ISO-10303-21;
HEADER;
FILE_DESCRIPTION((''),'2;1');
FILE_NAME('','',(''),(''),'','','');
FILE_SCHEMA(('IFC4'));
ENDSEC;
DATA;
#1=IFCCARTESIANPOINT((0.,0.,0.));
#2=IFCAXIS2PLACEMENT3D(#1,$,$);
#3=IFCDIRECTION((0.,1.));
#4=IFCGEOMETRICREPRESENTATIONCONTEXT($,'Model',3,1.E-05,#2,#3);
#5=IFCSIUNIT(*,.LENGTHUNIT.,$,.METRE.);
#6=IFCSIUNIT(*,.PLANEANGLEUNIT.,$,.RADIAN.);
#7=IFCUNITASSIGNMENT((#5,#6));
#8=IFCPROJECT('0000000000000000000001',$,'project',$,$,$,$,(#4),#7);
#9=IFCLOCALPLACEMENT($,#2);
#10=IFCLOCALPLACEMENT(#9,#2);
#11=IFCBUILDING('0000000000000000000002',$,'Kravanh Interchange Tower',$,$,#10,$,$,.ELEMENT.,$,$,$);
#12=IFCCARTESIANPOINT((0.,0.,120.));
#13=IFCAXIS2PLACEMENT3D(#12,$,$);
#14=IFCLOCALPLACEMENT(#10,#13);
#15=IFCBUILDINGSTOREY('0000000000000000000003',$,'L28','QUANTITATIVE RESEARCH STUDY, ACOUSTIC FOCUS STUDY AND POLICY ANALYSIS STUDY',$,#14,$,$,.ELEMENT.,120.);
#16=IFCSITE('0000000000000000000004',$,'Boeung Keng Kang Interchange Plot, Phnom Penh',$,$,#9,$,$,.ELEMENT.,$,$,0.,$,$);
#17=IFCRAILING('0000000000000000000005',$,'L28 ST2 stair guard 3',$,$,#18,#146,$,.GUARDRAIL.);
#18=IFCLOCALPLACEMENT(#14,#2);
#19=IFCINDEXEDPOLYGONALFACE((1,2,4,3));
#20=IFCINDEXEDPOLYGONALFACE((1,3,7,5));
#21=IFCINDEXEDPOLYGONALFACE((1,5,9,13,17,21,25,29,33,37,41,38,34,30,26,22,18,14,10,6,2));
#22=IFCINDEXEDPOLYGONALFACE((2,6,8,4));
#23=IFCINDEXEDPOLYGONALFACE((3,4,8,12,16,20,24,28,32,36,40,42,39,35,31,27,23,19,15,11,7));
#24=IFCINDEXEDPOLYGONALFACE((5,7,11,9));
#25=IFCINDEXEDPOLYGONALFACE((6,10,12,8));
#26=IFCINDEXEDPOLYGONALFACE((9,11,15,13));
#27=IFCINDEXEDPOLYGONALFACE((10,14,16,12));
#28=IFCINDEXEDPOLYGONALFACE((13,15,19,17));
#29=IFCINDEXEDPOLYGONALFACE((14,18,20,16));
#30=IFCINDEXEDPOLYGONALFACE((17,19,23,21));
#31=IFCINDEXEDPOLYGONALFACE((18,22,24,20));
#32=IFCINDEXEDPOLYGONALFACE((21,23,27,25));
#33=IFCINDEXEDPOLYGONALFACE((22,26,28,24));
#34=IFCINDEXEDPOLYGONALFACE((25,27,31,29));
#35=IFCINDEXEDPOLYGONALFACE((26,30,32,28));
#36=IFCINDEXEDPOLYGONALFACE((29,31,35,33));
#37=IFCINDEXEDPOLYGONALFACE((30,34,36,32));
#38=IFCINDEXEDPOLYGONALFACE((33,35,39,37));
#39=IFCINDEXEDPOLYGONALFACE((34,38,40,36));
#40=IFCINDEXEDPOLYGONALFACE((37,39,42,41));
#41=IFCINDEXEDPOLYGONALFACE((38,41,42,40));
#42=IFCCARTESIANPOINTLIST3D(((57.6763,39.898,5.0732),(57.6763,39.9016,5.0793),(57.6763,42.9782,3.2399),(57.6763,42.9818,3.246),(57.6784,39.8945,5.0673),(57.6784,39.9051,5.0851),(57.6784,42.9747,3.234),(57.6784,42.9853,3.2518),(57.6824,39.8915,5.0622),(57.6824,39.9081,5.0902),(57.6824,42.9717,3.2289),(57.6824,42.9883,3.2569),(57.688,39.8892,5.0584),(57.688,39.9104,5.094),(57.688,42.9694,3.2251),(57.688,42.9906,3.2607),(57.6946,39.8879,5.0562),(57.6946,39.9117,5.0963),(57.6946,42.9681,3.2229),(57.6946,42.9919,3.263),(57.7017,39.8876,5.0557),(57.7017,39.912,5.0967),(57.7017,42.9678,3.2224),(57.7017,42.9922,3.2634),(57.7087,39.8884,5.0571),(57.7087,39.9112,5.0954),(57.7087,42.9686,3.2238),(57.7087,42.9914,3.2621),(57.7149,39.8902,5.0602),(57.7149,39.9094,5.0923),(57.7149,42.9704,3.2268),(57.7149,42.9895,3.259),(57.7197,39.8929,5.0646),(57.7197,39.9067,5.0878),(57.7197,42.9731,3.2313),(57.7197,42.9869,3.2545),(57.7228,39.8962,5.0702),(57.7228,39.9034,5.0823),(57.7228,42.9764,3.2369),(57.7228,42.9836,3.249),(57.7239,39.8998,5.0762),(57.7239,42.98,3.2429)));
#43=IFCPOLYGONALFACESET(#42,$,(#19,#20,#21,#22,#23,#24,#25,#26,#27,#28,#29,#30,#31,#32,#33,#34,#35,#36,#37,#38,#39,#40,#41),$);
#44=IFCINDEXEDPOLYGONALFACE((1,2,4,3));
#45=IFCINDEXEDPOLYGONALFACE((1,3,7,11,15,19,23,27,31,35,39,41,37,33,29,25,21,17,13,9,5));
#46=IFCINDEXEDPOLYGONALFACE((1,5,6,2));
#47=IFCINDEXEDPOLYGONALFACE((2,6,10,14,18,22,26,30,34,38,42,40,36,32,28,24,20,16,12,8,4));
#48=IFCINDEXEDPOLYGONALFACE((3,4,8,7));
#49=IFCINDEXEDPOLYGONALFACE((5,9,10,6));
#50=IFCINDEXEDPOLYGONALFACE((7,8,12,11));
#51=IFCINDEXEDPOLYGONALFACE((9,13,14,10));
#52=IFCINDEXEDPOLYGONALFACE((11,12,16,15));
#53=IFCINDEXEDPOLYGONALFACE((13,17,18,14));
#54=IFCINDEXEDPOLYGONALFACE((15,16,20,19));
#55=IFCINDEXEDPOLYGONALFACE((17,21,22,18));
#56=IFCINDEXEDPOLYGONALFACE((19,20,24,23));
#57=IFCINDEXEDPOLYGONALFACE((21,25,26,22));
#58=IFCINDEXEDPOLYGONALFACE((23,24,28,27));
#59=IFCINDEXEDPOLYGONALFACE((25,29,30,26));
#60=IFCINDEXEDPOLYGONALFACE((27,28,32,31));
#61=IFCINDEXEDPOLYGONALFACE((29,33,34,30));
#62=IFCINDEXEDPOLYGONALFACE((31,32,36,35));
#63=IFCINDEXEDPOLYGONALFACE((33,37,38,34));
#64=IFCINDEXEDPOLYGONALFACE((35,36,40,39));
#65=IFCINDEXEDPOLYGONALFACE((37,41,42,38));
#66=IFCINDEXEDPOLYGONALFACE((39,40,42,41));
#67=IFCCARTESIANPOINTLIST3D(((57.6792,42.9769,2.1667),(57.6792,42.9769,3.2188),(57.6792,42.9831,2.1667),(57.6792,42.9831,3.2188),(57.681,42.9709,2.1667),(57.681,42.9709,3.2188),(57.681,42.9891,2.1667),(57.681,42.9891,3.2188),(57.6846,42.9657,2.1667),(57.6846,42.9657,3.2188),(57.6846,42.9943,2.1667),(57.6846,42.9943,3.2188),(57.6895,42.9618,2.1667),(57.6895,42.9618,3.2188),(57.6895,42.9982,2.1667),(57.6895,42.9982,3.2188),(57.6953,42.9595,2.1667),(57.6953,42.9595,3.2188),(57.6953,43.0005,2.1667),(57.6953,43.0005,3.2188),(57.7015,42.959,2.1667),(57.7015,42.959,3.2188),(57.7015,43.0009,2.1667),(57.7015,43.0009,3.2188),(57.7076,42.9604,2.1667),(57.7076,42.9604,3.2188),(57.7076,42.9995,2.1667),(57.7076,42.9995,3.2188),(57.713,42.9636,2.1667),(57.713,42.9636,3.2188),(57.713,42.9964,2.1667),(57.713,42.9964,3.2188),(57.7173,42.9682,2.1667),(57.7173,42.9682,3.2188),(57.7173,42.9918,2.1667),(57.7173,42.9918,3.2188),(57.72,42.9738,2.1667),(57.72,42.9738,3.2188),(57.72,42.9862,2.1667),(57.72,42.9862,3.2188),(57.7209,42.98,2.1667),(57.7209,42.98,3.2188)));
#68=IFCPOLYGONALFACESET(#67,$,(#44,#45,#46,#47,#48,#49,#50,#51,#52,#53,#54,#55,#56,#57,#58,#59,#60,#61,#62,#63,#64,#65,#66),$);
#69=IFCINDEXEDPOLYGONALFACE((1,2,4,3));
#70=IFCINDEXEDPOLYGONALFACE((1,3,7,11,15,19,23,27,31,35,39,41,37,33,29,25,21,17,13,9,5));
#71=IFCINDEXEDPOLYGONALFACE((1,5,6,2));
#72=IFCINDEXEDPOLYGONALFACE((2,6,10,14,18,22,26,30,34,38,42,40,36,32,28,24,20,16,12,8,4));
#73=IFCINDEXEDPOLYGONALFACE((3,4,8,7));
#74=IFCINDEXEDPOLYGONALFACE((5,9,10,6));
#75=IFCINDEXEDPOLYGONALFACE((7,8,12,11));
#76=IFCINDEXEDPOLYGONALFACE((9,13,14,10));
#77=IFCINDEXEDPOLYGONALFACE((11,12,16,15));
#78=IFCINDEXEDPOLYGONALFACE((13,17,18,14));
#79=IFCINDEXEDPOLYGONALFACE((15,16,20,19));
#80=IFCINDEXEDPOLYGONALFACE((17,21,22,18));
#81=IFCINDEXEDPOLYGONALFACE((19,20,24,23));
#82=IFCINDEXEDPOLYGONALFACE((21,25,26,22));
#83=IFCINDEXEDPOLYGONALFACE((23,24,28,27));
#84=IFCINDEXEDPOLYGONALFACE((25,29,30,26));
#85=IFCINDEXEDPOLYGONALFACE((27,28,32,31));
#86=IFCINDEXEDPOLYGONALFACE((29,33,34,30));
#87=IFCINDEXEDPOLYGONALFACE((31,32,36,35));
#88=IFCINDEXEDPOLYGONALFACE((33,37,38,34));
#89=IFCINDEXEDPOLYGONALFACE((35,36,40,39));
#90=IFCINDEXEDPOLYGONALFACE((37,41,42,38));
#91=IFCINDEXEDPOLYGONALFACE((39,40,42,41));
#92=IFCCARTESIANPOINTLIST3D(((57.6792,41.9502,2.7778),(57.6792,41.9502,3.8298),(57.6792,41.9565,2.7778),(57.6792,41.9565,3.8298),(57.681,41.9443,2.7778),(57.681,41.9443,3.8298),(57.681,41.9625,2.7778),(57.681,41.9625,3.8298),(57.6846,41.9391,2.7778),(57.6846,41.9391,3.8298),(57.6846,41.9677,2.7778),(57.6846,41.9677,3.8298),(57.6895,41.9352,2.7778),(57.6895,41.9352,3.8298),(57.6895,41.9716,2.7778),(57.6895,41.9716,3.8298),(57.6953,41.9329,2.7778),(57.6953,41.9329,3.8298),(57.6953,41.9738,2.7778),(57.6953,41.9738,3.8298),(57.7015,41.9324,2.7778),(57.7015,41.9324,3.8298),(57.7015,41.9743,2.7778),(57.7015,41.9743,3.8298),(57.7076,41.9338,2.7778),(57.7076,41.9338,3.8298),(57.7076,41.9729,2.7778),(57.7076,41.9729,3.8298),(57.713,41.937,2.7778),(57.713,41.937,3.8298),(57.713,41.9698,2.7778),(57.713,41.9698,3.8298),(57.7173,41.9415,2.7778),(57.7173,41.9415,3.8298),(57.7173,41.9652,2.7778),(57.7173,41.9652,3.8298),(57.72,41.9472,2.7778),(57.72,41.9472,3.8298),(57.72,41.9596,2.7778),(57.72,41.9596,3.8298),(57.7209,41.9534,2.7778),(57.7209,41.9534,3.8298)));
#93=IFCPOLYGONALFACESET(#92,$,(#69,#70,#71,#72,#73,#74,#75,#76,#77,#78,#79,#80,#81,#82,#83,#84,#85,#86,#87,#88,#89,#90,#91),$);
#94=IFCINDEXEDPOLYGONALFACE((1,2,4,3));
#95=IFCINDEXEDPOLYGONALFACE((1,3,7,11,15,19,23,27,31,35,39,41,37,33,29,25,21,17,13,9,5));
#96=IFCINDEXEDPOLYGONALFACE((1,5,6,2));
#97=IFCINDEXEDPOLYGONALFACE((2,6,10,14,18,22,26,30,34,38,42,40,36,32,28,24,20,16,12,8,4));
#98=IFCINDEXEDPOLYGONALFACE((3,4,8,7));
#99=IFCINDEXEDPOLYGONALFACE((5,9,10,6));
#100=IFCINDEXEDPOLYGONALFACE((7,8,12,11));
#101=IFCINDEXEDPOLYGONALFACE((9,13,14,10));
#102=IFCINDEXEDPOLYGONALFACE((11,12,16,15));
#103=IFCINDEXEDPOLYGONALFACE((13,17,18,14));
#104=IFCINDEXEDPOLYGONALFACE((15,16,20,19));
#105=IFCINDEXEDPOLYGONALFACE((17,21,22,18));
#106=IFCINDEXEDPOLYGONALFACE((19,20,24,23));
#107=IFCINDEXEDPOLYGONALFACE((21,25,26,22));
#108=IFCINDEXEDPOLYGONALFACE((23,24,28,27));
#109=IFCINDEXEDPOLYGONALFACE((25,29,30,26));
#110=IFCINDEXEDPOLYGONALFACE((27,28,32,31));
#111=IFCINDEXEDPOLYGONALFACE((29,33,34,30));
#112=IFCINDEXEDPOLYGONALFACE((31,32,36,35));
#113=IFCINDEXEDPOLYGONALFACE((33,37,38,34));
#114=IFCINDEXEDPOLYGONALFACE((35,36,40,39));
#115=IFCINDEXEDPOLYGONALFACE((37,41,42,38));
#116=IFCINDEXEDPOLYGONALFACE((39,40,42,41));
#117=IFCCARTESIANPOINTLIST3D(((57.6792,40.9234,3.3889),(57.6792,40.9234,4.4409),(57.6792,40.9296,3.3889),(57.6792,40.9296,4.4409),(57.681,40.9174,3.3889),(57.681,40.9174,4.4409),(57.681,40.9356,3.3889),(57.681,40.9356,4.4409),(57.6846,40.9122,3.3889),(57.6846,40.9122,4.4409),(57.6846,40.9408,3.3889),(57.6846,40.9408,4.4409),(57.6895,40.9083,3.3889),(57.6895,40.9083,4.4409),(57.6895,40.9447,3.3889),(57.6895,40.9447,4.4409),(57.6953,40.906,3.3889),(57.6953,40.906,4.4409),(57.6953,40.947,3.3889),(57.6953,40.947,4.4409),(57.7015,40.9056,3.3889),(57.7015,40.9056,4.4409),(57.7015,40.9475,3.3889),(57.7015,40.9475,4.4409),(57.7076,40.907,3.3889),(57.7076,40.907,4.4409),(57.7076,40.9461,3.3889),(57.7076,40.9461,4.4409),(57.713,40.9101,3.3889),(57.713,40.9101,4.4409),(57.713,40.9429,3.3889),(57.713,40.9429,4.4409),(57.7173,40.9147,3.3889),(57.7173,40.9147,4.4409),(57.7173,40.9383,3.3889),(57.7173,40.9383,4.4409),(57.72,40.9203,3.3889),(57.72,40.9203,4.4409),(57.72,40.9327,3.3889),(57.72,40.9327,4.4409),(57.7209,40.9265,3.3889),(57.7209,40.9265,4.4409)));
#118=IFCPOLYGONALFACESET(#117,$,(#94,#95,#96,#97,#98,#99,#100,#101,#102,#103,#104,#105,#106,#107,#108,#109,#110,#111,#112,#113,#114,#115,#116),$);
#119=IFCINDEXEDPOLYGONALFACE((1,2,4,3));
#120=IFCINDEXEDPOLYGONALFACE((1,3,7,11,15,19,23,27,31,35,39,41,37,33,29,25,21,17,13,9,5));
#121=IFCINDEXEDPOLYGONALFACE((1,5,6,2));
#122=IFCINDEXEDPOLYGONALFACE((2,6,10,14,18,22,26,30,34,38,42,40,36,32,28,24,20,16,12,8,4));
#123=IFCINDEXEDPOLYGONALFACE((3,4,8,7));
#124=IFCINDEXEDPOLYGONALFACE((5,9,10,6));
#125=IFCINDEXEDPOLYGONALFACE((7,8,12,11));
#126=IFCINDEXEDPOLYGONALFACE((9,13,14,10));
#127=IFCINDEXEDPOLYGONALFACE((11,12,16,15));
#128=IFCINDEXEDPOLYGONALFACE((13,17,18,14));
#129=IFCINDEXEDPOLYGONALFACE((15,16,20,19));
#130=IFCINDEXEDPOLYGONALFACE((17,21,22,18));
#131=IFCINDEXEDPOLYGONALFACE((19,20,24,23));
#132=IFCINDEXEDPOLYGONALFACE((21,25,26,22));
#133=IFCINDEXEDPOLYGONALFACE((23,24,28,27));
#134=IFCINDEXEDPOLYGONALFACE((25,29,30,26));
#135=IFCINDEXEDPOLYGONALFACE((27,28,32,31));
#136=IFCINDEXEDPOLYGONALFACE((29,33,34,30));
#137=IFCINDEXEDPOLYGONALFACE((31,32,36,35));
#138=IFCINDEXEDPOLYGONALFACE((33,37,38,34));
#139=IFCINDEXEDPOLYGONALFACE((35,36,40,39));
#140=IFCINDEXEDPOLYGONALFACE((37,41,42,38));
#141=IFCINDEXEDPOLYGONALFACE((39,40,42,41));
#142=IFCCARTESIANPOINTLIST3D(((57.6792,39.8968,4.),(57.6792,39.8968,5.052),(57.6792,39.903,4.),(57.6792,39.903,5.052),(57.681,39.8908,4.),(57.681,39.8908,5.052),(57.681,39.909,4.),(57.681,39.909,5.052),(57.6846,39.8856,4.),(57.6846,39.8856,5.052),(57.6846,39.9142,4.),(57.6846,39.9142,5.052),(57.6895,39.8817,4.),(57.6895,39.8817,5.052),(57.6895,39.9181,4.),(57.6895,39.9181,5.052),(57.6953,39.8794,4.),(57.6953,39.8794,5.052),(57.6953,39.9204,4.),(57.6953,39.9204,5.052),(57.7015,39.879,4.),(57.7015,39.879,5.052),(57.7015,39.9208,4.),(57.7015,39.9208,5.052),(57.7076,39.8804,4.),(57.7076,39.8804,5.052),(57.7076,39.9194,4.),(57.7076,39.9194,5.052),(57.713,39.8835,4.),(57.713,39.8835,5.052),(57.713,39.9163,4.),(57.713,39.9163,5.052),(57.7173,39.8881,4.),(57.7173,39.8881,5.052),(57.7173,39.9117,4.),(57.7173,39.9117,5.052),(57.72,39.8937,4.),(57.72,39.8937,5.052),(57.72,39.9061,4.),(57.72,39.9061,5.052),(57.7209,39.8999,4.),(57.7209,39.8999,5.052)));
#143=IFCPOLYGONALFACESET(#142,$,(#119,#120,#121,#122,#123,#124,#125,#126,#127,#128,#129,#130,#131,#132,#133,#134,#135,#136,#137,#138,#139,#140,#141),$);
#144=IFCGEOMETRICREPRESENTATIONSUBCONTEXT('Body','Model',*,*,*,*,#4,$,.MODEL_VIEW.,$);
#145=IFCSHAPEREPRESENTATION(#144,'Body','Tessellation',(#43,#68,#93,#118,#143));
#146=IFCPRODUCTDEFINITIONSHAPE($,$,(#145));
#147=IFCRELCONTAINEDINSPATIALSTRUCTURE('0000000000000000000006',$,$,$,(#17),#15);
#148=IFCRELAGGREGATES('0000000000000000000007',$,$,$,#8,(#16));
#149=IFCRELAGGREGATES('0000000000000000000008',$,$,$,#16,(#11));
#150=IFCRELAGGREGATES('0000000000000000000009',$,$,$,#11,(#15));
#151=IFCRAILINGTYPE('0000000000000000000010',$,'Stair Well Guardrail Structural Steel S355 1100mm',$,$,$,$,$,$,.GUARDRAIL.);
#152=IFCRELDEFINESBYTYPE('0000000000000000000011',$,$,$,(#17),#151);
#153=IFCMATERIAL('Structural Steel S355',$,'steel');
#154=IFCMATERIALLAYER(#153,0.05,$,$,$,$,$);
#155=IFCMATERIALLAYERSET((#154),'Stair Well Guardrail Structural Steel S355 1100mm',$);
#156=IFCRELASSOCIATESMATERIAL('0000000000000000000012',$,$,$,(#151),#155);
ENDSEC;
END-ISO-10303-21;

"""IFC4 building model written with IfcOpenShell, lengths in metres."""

from ifc_helpers import new_model, si_unit, direction, frame, origin, origin_2d, place, context, subcontext, project, spatial, circle, extrude, material, layer, layer_set, type_object, element, save


model = new_model("IFC4")

# Units and contexts
model_context = context("Model", 3, precision=1e-05, world=origin(), true_north=direction((0.0, 1.0)))
body_context = subcontext(model_context, "Body", "Model", "MODEL_VIEW")
ifc_project = project(units=[si_unit("LENGTHUNIT", "METRE"), si_unit("PLANEANGLEUNIT", "RADIAN")], contexts=[model_context])

# Site, building, storey
site_placement = place(None, origin())
site = spatial("IfcSite", under=ifc_project, at=site_placement, Name="Boeung Keng Kang Interchange Plot, Phnom Penh", CompositionType="ELEMENT", RefElevation=0.0)
building_placement = place(site_placement, origin())
building = spatial("IfcBuilding", under=site, at=building_placement, Name="Kravanh Interchange Tower", CompositionType="ELEMENT")
storey_placement = place(building_placement, frame((0.0, 0.0, 120.0)))
storey = spatial("IfcBuildingStorey", under=building, at=storey_placement, Name="L28", Description="QUANTITATIVE RESEARCH STUDY, ACOUSTIC FOCUS STUDY AND POLICY ANALYSIS STUDY", CompositionType="ELEMENT", Elevation=120.0)

# Railing
ifc_material_1 = material(Name="Structural Steel S355", Category="steel")
ifc_layer_1 = layer(ifc_material_1, 0.05)
ifc_layer_set_1 = layer_set([ifc_layer_1], Name="Stair Well Guardrail Structural Steel S355 1100mm")
railing_type_1 = type_object("IfcRailingType", Name="Stair Well Guardrail Structural Steel S355 1100mm", PredefinedType="GUARDRAIL", material=ifc_layer_set_1)
railing_1_placement = place(storey_placement, frame((57.7, 42.98, 2.1667)))
element("IfcRailing", 1, at=railing_1_placement, inside=storey, type_object=railing_type_1, Name="L28 ST2 stair guard 3", PredefinedType="GUARDRAIL", context=body_context, shape_type="SweptSolid", body=[
    extrude(circle(Radius=0.0239, at=origin_2d()), frame((0.0, 0.0, 1.0762), z_axis=(0.0, -0.859309, 0.511458), x_axis=(1.0, 0.0, 0.0)), (0.0, 0.0, 1.0), 3.5845),
    extrude(circle(Radius=0.021, at=origin_2d()), origin(), (0.0, 0.0, 1.0), 1.052),
    extrude(circle(Radius=0.021, at=origin_2d()), frame((0.0, -1.0266, 0.6111)), (0.0, 0.0, 1.0), 1.052),
    extrude(circle(Radius=0.021, at=origin_2d()), frame((0.0, -2.0535, 1.2222)), (0.0, 0.0, 1.0), 1.052),
    extrude(circle(Radius=0.021, at=origin_2d()), frame((0.0, -3.0801, 1.8333)), (0.0, 0.0, 1.0), 1.052),
])

save(model, "model.ifc")
